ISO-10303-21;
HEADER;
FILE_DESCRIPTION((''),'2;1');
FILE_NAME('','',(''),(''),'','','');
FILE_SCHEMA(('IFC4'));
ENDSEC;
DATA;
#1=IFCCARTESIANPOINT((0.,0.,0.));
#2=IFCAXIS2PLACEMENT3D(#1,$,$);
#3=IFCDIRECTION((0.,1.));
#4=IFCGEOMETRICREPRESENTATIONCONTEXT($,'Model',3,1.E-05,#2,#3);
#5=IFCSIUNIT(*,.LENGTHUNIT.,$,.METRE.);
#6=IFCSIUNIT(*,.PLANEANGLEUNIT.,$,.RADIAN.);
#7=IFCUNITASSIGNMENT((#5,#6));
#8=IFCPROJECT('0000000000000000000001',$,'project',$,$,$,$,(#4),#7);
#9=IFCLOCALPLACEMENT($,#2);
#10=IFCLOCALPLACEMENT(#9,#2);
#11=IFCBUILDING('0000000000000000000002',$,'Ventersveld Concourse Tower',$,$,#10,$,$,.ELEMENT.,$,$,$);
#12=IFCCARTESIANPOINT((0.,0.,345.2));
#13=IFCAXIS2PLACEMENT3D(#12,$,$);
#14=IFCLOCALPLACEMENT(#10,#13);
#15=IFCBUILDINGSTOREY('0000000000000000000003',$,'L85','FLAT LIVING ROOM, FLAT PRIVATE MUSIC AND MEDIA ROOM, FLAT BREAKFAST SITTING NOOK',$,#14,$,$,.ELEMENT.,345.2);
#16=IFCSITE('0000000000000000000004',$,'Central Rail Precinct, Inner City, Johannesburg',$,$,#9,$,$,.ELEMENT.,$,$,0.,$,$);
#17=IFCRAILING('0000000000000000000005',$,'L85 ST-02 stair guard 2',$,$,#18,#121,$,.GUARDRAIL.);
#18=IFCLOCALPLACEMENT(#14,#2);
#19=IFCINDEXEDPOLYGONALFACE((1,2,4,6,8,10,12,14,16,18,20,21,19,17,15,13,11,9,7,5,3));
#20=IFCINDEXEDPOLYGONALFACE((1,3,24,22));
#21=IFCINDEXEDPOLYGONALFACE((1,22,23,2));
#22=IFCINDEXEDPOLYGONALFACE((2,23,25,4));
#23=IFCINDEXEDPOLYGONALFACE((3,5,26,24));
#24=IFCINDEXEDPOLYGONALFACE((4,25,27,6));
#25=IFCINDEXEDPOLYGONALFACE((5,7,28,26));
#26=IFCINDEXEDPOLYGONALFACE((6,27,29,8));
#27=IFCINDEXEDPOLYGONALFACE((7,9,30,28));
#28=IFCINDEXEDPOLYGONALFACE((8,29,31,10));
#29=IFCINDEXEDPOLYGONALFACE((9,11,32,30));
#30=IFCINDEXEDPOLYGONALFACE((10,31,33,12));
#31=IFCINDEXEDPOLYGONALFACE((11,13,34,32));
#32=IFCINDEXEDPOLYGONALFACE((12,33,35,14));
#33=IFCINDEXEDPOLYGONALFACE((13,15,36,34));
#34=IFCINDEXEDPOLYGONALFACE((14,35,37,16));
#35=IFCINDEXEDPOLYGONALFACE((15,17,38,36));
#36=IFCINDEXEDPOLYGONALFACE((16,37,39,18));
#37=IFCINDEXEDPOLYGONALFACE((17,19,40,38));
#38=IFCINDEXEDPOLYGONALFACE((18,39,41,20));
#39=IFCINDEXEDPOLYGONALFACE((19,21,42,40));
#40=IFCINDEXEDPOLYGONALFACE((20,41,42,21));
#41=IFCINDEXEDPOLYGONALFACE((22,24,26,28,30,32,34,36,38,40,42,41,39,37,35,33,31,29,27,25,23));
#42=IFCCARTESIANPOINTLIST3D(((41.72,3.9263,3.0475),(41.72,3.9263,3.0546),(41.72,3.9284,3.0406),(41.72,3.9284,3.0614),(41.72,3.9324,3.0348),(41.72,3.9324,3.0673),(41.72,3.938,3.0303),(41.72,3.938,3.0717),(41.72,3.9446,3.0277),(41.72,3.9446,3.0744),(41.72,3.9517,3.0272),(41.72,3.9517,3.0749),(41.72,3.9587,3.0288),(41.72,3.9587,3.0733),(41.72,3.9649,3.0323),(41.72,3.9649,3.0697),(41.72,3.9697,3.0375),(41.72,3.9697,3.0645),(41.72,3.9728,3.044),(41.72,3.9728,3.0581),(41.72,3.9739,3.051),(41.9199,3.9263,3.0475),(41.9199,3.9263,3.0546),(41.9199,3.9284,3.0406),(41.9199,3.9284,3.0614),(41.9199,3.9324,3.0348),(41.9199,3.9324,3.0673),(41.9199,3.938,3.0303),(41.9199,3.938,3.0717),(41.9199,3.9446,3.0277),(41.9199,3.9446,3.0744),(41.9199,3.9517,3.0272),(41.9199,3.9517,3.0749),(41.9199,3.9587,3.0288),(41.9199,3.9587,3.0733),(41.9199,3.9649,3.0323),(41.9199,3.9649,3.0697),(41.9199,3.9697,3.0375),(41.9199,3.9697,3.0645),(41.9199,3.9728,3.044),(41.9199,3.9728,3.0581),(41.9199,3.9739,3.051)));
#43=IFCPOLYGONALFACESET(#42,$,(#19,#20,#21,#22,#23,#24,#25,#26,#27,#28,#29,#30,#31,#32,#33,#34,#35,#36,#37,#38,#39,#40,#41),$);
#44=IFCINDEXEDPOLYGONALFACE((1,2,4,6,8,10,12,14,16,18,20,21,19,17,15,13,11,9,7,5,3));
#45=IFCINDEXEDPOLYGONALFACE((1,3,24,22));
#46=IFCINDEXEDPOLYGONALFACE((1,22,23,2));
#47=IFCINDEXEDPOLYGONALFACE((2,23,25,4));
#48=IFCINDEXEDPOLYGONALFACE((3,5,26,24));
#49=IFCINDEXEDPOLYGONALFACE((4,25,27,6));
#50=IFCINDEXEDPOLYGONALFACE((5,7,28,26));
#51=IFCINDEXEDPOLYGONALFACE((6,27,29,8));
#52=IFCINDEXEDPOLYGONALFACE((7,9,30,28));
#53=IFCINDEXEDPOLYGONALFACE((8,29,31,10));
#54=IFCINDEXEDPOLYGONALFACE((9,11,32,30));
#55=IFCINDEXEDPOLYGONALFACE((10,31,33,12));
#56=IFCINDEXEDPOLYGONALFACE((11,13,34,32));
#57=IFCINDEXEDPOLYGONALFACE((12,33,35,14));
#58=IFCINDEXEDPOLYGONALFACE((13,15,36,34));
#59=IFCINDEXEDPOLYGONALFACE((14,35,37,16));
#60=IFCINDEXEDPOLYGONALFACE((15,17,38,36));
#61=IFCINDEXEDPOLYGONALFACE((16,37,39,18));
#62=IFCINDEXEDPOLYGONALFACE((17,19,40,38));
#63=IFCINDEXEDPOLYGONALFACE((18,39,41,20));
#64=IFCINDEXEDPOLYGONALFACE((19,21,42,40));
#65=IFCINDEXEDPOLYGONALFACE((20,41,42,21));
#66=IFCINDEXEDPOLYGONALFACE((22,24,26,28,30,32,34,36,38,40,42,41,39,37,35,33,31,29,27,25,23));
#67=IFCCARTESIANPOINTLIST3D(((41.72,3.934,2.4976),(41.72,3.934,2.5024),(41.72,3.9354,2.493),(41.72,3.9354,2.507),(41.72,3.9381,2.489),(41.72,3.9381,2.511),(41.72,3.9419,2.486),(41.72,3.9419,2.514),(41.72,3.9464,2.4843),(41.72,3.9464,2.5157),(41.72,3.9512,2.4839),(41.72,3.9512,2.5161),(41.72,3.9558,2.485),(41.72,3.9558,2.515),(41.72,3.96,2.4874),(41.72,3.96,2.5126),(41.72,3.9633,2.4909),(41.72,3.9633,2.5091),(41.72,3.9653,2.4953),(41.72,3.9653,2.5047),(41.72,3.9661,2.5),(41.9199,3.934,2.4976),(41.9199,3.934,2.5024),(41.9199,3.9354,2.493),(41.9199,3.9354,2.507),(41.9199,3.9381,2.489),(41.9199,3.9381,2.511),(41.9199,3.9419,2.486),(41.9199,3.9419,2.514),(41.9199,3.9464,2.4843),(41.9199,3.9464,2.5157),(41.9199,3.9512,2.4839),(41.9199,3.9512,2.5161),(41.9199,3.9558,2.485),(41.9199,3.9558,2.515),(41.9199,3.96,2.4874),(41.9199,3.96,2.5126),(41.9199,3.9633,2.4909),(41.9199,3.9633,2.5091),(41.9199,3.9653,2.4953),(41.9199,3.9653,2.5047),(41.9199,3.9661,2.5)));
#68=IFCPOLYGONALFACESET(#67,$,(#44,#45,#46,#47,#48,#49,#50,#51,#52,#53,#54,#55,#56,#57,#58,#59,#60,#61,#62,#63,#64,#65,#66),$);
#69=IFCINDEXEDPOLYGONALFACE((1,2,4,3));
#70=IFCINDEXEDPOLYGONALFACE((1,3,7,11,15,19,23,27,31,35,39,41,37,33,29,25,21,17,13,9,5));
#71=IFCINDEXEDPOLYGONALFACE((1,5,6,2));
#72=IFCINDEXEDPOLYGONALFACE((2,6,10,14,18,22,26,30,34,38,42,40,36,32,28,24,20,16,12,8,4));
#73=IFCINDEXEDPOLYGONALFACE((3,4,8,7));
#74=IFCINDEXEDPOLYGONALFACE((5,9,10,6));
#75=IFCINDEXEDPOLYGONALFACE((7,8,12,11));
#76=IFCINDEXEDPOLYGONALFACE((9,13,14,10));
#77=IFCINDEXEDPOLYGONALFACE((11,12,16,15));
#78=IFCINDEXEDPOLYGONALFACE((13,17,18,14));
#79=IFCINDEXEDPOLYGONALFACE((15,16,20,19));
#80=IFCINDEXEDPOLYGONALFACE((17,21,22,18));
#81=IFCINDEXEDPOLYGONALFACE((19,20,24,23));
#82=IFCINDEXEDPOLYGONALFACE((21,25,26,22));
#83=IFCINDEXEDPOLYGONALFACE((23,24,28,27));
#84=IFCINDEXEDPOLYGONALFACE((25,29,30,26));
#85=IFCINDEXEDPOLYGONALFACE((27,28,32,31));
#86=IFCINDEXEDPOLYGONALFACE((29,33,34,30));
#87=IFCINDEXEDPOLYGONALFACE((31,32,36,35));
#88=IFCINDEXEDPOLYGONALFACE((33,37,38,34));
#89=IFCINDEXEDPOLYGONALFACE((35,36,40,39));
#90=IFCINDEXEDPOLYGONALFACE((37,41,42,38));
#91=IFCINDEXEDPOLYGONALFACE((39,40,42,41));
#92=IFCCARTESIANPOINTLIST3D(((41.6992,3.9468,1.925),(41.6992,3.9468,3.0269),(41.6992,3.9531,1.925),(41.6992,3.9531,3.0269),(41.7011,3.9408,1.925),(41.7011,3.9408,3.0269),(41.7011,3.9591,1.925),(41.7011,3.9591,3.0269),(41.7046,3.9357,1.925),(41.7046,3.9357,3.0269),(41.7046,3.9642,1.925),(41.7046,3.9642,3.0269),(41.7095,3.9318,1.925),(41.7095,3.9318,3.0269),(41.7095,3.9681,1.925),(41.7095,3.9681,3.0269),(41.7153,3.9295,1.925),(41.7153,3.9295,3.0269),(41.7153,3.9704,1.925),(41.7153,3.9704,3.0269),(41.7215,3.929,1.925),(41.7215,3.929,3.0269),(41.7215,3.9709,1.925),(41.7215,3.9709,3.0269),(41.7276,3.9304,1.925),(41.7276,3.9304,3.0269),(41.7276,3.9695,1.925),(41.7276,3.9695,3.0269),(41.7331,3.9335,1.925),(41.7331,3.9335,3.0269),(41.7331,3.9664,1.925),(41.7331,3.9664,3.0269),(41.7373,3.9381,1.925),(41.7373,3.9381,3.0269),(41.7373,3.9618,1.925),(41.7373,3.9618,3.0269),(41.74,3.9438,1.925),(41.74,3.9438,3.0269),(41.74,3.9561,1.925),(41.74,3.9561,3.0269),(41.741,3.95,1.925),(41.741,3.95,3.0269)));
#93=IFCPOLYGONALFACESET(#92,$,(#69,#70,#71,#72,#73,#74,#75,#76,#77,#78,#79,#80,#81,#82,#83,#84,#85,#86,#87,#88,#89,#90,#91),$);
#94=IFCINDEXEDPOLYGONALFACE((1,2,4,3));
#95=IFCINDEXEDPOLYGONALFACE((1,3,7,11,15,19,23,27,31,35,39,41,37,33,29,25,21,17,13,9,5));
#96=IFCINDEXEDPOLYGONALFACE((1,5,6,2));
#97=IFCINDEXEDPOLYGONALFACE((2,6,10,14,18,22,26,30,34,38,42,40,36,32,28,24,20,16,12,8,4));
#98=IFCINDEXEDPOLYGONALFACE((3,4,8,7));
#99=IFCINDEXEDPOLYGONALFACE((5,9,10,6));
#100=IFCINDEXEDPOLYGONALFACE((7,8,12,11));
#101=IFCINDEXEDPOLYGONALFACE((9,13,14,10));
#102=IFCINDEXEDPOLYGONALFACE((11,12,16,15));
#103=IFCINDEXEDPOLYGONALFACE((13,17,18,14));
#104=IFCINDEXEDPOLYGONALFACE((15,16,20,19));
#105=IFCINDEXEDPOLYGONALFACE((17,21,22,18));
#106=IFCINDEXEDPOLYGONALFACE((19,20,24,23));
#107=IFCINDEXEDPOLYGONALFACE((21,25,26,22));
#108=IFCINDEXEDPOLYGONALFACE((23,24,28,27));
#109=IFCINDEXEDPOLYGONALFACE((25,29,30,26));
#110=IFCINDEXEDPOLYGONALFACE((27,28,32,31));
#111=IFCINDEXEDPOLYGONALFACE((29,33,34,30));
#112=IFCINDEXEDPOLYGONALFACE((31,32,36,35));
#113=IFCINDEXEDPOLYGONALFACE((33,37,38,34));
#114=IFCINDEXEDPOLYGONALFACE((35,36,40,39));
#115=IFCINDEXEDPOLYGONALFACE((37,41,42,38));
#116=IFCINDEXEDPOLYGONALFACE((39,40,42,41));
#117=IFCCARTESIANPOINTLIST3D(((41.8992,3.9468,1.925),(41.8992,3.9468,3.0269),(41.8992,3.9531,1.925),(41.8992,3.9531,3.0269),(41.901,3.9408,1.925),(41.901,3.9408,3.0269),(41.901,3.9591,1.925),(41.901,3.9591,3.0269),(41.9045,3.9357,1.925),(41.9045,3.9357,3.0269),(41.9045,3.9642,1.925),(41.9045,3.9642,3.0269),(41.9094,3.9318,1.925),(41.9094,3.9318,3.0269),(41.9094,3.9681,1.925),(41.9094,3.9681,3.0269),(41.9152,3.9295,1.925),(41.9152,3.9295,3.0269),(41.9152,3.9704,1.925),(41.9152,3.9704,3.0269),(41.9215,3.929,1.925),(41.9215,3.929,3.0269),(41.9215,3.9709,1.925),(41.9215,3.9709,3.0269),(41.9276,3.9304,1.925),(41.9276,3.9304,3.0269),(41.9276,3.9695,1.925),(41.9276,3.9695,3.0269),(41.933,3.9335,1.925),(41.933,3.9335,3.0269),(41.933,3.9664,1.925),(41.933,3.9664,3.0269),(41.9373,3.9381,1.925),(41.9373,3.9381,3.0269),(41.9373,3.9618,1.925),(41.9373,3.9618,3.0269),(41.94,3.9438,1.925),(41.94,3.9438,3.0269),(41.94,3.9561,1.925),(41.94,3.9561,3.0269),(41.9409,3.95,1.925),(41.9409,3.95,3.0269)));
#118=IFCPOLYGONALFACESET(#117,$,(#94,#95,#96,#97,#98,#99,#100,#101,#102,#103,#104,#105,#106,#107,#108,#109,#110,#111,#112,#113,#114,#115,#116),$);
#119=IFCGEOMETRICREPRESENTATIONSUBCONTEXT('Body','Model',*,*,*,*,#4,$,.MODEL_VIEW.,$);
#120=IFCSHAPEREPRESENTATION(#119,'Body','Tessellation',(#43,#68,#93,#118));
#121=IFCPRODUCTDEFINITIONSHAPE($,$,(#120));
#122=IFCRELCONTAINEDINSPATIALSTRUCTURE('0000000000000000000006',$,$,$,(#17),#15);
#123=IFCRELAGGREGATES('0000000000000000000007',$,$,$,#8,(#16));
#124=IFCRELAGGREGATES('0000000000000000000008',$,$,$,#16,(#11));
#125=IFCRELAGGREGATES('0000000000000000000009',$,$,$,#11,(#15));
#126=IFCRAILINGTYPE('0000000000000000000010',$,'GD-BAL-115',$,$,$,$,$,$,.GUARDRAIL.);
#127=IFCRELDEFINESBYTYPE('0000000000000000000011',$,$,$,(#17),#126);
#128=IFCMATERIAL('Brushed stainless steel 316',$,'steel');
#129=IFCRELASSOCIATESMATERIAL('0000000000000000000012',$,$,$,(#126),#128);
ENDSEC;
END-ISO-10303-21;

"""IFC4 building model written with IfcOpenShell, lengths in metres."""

from ifc_helpers import new_model, si_unit, direction, frame, origin, origin_2d, place, context, subcontext, project, spatial, circle, extrude, material, type_object, element, save


model = new_model("IFC4")

# Units and contexts
model_context = context("Model", 3, precision=1e-05, world=origin(), true_north=direction((0.0, 1.0)))
body_context = subcontext(model_context, "Body", "Model", "MODEL_VIEW")
ifc_project = project(units=[si_unit("LENGTHUNIT", "METRE"), si_unit("PLANEANGLEUNIT", "RADIAN")], contexts=[model_context])

# Site, building, storey
site_placement = place(None, origin())
site = spatial("IfcSite", under=ifc_project, at=site_placement, Name="Central Rail Precinct, Inner City, Johannesburg", CompositionType="ELEMENT", RefElevation=0.0)
building_placement = place(site_placement, origin())
building = spatial("IfcBuilding", under=site, at=building_placement, Name="Ventersveld Concourse Tower", CompositionType="ELEMENT")
storey_placement = place(building_placement, frame((0.0, 0.0, 345.2)))
storey = spatial("IfcBuildingStorey", under=building, at=storey_placement, Name="L85", Description="FLAT LIVING ROOM, FLAT PRIVATE MUSIC AND MEDIA ROOM, FLAT BREAKFAST SITTING NOOK", CompositionType="ELEMENT", Elevation=345.2)

# Railing
ifc_material_1 = material(Name="Brushed stainless steel 316", Category="steel")
railing_type = type_object("IfcRailingType", Name="GD-BAL-115", PredefinedType="GUARDRAIL", material=ifc_material_1)
railing_1_placement = place(storey_placement, frame((41.72, 3.95, 1.925)))
element("IfcRailing", 1, at=railing_1_placement, inside=storey, type_object=railing_type, Name="L85 ST-02 stair guard 2", PredefinedType="GUARDRAIL", context=body_context, shape_type="SweptSolid", body=[
    extrude(circle(Radius=0.0239, at=origin_2d()), frame((0.0, 0.0, 1.126), z_axis=(1.0, 0.0, 0.0), x_axis=(0.0, 1.0, 0.0)), (0.0, 0.0, 1.0), 0.2),
    extrude(circle(Radius=0.0161, at=origin_2d()), frame((0.0, 0.0, 0.575), z_axis=(1.0, 0.0, 0.0), x_axis=(0.0, 1.0, 0.0)), (0.0, 0.0, 1.0), 0.2),
    extrude(circle(Radius=0.021, at=origin_2d()), origin(), (0.0, 0.0, 1.0), 1.1018),
    extrude(circle(Radius=0.021, at=origin_2d()), frame((0.2, 0.0, 0.0)), (0.0, 0.0, 1.0), 1.1018),
])

save(model, "model.ifc")
